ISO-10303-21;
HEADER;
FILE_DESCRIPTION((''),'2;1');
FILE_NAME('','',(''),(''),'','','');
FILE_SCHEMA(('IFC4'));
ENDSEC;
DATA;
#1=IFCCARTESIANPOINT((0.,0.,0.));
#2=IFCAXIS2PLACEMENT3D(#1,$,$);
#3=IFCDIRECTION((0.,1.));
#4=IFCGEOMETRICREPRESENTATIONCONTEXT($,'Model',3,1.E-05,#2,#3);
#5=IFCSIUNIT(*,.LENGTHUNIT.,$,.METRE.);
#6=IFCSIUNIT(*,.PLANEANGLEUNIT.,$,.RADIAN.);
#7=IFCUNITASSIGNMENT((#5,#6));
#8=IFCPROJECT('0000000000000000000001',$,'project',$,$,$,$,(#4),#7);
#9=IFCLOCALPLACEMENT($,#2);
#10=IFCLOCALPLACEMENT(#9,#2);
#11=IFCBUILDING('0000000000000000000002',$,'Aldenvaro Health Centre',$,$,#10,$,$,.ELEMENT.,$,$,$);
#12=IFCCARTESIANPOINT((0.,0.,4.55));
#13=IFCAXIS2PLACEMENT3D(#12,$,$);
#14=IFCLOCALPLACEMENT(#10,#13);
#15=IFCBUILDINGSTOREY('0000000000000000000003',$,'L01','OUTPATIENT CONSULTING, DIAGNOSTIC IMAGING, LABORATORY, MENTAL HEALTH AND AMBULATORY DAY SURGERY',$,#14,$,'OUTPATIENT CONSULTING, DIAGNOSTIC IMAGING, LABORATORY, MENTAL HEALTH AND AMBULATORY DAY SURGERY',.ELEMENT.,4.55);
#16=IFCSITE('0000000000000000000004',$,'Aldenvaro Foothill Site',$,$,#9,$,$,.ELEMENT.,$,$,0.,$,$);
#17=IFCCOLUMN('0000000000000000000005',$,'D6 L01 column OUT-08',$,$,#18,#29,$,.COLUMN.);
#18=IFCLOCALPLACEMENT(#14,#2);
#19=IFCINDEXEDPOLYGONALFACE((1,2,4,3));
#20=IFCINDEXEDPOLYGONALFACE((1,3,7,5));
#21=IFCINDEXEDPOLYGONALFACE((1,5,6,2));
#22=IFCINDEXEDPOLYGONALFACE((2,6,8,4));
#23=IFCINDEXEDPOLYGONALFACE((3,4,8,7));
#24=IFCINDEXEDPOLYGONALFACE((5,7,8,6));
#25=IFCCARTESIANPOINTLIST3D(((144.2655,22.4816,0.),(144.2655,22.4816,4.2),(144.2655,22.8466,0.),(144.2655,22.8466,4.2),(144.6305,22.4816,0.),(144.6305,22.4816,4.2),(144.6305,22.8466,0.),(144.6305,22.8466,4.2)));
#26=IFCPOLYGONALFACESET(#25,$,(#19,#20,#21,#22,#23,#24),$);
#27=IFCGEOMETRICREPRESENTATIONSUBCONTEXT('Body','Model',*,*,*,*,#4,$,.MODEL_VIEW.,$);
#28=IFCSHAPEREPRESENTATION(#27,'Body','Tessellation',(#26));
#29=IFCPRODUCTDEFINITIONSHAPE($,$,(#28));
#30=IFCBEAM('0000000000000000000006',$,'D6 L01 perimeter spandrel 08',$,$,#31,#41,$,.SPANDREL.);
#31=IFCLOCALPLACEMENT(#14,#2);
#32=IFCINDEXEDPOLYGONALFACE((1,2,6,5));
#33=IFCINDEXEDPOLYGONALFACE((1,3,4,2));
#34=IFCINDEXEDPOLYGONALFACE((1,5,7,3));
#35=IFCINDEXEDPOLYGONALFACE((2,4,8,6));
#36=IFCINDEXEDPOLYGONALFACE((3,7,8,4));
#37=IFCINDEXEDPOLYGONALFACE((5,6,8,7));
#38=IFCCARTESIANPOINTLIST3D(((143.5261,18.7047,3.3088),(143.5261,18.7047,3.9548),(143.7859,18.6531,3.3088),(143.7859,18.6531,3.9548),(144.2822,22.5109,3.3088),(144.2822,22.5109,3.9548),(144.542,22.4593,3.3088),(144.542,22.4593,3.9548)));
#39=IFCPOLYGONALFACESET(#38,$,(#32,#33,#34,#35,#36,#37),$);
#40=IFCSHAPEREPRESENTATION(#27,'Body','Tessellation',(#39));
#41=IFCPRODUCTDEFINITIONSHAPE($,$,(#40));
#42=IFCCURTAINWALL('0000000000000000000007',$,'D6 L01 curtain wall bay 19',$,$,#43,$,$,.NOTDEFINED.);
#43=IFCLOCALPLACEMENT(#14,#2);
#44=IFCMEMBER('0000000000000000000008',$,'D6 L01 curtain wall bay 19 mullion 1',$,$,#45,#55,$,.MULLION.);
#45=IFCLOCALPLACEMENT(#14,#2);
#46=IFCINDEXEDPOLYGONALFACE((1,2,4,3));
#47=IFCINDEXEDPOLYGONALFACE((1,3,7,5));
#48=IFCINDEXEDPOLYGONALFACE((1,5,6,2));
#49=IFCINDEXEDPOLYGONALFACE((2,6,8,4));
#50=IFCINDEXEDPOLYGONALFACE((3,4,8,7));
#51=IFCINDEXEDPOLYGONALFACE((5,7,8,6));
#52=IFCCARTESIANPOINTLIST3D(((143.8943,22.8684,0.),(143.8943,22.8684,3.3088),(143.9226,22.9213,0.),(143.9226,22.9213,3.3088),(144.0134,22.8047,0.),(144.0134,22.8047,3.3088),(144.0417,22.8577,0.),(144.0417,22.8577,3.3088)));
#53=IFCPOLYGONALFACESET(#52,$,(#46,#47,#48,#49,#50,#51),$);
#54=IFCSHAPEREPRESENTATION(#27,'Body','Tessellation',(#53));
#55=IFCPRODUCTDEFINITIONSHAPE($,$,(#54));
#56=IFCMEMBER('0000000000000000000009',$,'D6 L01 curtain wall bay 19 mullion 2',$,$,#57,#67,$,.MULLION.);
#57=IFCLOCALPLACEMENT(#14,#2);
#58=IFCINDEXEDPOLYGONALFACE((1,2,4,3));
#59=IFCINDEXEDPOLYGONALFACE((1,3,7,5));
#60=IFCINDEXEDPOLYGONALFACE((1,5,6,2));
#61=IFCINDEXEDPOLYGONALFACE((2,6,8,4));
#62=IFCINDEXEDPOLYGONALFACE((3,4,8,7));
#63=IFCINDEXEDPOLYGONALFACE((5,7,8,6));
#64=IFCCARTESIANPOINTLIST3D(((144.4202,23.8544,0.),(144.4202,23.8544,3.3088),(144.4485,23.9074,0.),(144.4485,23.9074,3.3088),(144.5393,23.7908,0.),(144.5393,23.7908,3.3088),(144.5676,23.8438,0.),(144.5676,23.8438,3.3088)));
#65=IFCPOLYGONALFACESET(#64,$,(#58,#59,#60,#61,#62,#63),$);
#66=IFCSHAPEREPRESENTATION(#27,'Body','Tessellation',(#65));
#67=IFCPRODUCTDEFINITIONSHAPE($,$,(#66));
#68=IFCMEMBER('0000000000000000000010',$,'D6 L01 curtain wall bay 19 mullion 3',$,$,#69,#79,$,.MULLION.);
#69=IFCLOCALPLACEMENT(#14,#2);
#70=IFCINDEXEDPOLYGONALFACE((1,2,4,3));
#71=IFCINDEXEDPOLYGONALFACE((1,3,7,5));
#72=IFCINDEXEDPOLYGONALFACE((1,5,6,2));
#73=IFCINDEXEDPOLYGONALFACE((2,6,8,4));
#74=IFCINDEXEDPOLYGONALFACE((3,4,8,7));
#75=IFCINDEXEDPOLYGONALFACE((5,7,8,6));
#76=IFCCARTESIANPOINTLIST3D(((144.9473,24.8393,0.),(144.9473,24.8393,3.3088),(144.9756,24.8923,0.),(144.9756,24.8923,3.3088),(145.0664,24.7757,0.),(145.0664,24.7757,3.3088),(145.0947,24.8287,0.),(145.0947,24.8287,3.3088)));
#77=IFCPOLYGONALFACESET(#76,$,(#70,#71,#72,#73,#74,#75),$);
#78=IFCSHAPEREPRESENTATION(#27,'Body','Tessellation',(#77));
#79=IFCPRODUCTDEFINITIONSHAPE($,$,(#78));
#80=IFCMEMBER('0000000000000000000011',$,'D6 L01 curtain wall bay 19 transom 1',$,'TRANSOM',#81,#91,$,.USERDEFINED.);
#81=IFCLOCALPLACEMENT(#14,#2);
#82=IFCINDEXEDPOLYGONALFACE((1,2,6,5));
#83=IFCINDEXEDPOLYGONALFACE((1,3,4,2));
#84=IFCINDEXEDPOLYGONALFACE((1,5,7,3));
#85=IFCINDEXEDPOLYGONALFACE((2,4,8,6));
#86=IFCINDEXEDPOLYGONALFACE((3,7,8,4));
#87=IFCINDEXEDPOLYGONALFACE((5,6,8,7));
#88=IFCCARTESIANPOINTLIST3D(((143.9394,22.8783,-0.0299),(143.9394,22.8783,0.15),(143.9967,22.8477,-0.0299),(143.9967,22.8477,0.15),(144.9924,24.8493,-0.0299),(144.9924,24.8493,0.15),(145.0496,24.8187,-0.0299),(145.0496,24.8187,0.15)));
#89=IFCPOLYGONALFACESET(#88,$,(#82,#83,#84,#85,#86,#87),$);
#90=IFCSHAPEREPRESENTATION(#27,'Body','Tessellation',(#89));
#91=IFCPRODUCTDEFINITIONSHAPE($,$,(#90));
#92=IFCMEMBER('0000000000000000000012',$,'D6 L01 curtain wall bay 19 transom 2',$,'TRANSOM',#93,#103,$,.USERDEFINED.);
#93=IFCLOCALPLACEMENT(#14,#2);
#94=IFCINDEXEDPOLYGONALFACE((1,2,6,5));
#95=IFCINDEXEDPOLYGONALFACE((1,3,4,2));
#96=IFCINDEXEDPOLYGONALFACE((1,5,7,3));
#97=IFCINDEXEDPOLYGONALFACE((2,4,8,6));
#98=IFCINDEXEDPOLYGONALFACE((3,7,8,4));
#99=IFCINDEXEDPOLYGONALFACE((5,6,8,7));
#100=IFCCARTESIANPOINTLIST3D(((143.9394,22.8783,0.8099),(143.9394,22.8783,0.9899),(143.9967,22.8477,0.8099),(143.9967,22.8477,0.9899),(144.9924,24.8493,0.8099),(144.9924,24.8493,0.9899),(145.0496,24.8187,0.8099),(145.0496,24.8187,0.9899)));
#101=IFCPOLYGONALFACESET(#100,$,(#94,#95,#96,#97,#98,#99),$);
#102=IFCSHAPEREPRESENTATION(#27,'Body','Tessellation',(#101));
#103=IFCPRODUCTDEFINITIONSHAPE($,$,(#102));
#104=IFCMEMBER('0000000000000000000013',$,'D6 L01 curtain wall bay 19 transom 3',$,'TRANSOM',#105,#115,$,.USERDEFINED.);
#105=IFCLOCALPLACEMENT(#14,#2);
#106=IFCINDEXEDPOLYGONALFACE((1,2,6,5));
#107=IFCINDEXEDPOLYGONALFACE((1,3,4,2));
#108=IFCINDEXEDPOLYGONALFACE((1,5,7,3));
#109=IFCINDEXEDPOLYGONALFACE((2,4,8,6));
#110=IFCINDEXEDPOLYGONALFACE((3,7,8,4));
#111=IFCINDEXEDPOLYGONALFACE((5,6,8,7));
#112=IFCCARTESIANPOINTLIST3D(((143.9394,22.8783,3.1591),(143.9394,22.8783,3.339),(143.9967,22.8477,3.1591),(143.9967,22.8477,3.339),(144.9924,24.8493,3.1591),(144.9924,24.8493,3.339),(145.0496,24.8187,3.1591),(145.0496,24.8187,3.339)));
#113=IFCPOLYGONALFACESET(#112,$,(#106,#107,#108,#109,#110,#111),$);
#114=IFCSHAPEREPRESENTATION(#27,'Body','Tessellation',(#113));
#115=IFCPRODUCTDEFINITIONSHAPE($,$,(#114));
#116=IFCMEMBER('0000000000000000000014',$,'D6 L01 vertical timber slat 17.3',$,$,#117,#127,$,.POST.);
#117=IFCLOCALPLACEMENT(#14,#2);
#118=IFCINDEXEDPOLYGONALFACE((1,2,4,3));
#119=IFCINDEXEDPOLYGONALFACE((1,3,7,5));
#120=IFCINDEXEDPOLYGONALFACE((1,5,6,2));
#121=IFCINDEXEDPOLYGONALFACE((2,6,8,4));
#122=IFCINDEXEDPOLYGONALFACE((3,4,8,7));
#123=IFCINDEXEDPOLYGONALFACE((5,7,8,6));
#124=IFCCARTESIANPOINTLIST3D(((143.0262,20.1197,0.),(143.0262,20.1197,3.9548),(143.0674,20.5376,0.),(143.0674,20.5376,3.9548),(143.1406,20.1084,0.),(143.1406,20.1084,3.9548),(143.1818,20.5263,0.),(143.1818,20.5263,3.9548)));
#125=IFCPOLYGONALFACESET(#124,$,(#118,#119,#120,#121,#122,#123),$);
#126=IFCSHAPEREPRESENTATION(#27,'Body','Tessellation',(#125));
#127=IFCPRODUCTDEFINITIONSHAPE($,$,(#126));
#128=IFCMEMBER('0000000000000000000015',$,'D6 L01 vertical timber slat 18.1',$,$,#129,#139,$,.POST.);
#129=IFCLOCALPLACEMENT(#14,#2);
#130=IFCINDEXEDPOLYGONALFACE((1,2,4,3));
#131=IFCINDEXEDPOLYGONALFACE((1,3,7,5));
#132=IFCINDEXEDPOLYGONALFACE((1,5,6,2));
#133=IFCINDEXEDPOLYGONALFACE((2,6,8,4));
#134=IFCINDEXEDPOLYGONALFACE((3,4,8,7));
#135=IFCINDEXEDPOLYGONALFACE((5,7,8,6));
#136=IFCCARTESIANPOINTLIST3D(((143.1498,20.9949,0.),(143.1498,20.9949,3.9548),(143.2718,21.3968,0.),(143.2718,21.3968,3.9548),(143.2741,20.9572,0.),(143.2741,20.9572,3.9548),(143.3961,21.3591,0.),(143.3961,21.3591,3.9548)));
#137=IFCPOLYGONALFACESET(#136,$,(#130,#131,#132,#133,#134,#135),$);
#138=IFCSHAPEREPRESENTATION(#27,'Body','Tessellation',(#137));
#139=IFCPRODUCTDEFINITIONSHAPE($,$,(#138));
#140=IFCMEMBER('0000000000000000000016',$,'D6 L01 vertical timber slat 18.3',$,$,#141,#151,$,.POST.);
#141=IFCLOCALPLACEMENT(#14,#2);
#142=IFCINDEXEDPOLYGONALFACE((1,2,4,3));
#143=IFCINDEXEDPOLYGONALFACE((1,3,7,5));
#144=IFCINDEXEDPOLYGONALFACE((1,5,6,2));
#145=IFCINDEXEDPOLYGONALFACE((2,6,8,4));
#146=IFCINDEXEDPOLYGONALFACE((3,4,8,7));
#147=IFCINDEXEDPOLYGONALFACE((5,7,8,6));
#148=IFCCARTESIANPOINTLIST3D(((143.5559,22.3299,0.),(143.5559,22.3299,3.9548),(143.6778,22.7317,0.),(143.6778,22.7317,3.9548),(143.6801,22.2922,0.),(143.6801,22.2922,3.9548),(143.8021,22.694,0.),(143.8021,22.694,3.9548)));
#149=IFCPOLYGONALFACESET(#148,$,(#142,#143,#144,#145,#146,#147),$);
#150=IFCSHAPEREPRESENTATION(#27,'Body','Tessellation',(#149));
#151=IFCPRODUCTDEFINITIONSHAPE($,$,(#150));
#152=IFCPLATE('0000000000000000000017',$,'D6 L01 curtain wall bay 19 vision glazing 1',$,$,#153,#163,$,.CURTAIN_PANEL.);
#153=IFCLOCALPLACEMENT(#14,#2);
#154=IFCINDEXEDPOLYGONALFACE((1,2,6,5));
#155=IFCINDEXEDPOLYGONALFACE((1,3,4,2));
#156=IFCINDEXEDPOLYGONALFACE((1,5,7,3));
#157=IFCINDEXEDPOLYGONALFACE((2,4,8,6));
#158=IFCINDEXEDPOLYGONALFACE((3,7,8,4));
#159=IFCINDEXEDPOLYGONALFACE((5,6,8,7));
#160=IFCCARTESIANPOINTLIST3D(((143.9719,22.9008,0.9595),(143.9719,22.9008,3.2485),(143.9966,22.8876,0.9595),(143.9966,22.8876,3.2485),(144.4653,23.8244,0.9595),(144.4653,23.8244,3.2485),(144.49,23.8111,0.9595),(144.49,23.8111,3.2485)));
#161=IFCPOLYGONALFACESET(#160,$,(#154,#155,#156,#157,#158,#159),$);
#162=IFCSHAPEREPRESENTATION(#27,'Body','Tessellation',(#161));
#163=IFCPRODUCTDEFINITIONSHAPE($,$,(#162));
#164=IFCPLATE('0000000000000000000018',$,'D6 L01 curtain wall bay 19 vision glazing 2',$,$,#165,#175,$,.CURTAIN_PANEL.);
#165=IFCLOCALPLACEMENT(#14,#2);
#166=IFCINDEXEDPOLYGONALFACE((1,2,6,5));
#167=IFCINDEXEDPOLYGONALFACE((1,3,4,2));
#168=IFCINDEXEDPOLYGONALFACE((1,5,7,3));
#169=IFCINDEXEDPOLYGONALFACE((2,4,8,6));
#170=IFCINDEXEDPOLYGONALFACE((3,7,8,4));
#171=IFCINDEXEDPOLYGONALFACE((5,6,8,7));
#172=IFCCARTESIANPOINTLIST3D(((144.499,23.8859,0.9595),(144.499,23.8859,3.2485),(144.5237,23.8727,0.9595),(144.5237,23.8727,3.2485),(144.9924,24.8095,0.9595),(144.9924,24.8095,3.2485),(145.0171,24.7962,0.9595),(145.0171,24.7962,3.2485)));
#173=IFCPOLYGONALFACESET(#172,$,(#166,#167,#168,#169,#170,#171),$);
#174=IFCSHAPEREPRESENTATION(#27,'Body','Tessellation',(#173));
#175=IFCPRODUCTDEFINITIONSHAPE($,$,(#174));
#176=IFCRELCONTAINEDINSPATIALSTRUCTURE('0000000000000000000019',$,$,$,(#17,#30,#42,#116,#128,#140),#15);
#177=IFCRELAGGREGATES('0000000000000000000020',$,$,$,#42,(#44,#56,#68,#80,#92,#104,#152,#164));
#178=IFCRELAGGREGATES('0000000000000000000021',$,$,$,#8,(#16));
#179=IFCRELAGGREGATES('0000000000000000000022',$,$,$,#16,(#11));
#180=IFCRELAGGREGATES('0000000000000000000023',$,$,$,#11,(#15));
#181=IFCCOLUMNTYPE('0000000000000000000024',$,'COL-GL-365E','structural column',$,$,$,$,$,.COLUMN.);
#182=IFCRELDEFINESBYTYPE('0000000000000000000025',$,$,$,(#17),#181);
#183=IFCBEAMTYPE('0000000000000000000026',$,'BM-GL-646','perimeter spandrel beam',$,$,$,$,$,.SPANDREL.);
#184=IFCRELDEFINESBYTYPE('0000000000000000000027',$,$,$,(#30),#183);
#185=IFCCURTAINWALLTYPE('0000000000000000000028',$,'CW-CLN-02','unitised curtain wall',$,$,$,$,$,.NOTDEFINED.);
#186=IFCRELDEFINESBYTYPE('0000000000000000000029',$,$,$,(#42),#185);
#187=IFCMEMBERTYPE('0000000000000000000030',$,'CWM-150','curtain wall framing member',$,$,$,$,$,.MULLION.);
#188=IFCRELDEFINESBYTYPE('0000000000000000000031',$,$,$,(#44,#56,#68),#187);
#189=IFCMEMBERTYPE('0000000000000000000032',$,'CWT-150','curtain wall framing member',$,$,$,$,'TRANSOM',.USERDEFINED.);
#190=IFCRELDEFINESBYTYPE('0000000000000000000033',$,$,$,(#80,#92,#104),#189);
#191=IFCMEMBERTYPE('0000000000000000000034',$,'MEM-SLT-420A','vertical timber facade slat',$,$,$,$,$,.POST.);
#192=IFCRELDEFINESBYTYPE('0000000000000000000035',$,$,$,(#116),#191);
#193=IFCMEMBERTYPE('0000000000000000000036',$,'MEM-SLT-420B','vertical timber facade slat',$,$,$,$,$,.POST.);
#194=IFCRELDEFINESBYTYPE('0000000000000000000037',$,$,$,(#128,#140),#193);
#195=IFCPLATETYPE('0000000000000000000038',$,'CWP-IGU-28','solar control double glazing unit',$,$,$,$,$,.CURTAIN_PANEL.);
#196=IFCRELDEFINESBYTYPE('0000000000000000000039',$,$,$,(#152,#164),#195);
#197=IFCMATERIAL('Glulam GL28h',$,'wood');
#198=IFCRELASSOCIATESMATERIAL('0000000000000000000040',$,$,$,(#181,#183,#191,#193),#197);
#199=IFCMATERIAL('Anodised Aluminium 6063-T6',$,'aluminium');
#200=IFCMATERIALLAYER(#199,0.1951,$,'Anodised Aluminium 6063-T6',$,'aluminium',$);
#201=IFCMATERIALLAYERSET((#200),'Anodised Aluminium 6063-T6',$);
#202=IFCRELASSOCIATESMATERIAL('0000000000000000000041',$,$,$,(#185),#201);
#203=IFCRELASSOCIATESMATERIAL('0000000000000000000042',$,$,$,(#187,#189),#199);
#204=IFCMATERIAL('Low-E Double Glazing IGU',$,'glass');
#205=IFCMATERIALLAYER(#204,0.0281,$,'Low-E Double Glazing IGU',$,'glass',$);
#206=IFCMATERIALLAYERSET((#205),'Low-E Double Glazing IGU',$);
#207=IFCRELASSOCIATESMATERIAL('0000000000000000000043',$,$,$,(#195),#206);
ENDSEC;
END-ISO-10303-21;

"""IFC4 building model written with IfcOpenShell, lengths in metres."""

from ifc_helpers import new_model, si_unit, direction, frame, origin, origin_2d, place, context, subcontext, project, spatial, rectangle, extrude, material, layer, layer_set, material_profile, profile_set, type_object, element, aggregate, save


model = new_model("IFC4")

# Units and contexts
model_context = context("Model", 3, precision=1e-05, world=origin(), true_north=direction((0.0, 1.0)))
body_context = subcontext(model_context, "Body", "Model", "MODEL_VIEW")
ifc_project = project(units=[si_unit("LENGTHUNIT", "METRE"), si_unit("PLANEANGLEUNIT", "RADIAN")], contexts=[model_context])

# Site, building, storey
site_placement = place(None, origin())
site = spatial("IfcSite", under=ifc_project, at=site_placement, Name="Aldenvaro Foothill Site", CompositionType="ELEMENT", RefElevation=0.0)
building_placement = place(site_placement, origin())
building = spatial("IfcBuilding", under=site, at=building_placement, Name="Aldenvaro Health Centre", CompositionType="ELEMENT")
storey_placement = place(building_placement, frame((0.0, 0.0, 4.55)))
storey = spatial("IfcBuildingStorey", under=building, at=storey_placement, Name="L01", Description="OUTPATIENT CONSULTING, DIAGNOSTIC IMAGING, LABORATORY, MENTAL HEALTH AND AMBULATORY DAY SURGERY", LongName="OUTPATIENT CONSULTING, DIAGNOSTIC IMAGING, LABORATORY, MENTAL HEALTH AND AMBULATORY DAY SURGERY", CompositionType="ELEMENT", Elevation=4.55)

# Column
ifc_material_1 = material(Name="Glulam GL28h", Category="wood")
ifc_material_profile_1 = material_profile(ifc_material_1, rectangle(XDim=0.365, YDim=0.365, at=origin_2d()), Name="GL 365x365", Category="wood")
ifc_profile_set_1 = profile_set([ifc_material_profile_1], Name="Glulam GL28h")
column_type = type_object("IfcColumnType", Name="COL-GL-365E", Description="structural column", PredefinedType="COLUMN", material=ifc_profile_set_1)
column_placement = place(storey_placement, frame((144.448, 22.6641, 0.0), z_axis=(0.0, 0.0, 1.0), x_axis=(1.0, 0.0, 0.0)))
element("IfcColumn", 1, at=column_placement, inside=storey, type_object=column_type, Name="D6 L01 column OUT-08", PredefinedType="COLUMN", context=body_context, shape_type="SweptSolid", body=[
    extrude(rectangle(XDim=0.365, YDim=0.365, at=origin_2d()), origin(), (0.0, 0.0, 1.0), 4.2),
])

# Beam
ifc_material_profile_2 = material_profile(ifc_material_1, rectangle(XDim=0.2649, YDim=0.646, at=origin_2d()), Name="GL 265x646", Category="wood")
ifc_profile_set_2 = profile_set([ifc_material_profile_2], Name="Glulam GL28h")
beam_type = type_object("IfcBeamType", Name="BM-GL-646", Description="perimeter spandrel beam", PredefinedType="SPANDREL", material=ifc_profile_set_2)
beam_placement = place(storey_placement, frame((144.4121, 22.4851, 3.6318), z_axis=(-0.194846, -0.980834, 0.0), x_axis=(0.980834, -0.194846, 0.0)))
element("IfcBeam", 2, at=beam_placement, inside=storey, type_object=beam_type, Name="D6 L01 perimeter spandrel 08", PredefinedType="SPANDREL", context=body_context, shape_type="SweptSolid", body=[
    extrude(rectangle(XDim=0.2649, YDim=0.646, at=origin_2d()), origin(), (0.0, 0.0, 1.0), 3.8806),
])

# Curtain wall, members
ifc_material_2 = material(Name="Anodised Aluminium 6063-T6", Category="aluminium")
ifc_layer_1 = layer(ifc_material_2, 0.1951, Name="Anodised Aluminium 6063-T6", Category="aluminium")
ifc_layer_set_1 = layer_set([ifc_layer_1], Name="Anodised Aluminium 6063-T6")
curtain_wall_type = type_object("IfcCurtainWallType", Name="CW-CLN-02", Description="unitised curtain wall", PredefinedType="NOTDEFINED", material=ifc_layer_set_1)
curtain_wall_placement = place(storey_placement, origin())
curtain_wall = element("IfcCurtainWall", 3, at=curtain_wall_placement, inside=storey, type_object=curtain_wall_type, Name="D6 L01 curtain wall bay 19", PredefinedType="NOTDEFINED")
ifc_material_profile_3 = material_profile(ifc_material_2, rectangle(XDim=0.0601, YDim=0.135, at=origin_2d()), Name="ALU 60x135", Category="aluminium")
ifc_profile_set_3 = profile_set([ifc_material_profile_3], Name="Anodised Aluminium 6063-T6")
member_type_1 = type_object("IfcMemberType", Name="CWM-150", Description="curtain wall framing member", PredefinedType="MULLION", material=ifc_profile_set_3)
member_1_placement = place(storey_placement, frame((143.968, 22.863, 0.0), z_axis=(0.0, 0.0, 1.0), x_axis=(0.471215, 0.882018, 0.0)))
member_1 = element("IfcMember", 4, at=member_1_placement, type_object=member_type_1, Name="D6 L01 curtain wall bay 19 mullion 1", PredefinedType="MULLION", context=body_context, shape_type="SweptSolid", body=[
    extrude(rectangle(XDim=0.0601, YDim=0.135, at=origin_2d()), origin(), (0.0, 0.0, 1.0), 3.3088),
])
member_2_placement = place(storey_placement, frame((144.4939, 23.8491, 0.0), z_axis=(0.0, 0.0, 1.0), x_axis=(0.471215, 0.882018, 0.0)))
member_2 = element("IfcMember", 5, at=member_2_placement, type_object=member_type_1, Name="D6 L01 curtain wall bay 19 mullion 2", PredefinedType="MULLION", context=body_context, shape_type="SweptSolid", body=[
    extrude(rectangle(XDim=0.0601, YDim=0.135, at=origin_2d()), origin(), (0.0, 0.0, 1.0), 3.3088),
])
member_3_placement = place(storey_placement, frame((145.021, 24.834, 0.0), z_axis=(0.0, 0.0, 1.0), x_axis=(0.471215, 0.882018, 0.0)))
member_3 = element("IfcMember", 6, at=member_3_placement, type_object=member_type_1, Name="D6 L01 curtain wall bay 19 mullion 3", PredefinedType="MULLION", context=body_context, shape_type="SweptSolid", body=[
    extrude(rectangle(XDim=0.0601, YDim=0.135, at=origin_2d()), origin(), (0.0, 0.0, 1.0), 3.3088),
])
ifc_material_profile_4 = material_profile(ifc_material_2, rectangle(XDim=0.0649, YDim=0.1799, at=origin_2d()), Name="ALU 65x180", Category="aluminium")
ifc_profile_set_4 = profile_set([ifc_material_profile_4], Name="Anodised Aluminium 6063-T6")
member_type_2 = type_object("IfcMemberType", Name="CWT-150", Description="curtain wall framing member", ElementType="TRANSOM", PredefinedType="USERDEFINED", material=ifc_profile_set_4)
member_4_placement = place(storey_placement, frame((143.968, 22.863, 0.0601), z_axis=(0.471218, 0.882017, 0.0), x_axis=(-0.882017, 0.471218, 0.0)))
member_4 = element("IfcMember", 7, at=member_4_placement, type_object=member_type_2, Name="D6 L01 curtain wall bay 19 transom 1", ObjectType="TRANSOM", PredefinedType="USERDEFINED", context=body_context, shape_type="SweptSolid", body=[
    extrude(rectangle(XDim=0.0649, YDim=0.1799, at=origin_2d()), origin(), (0.0, 0.0, 1.0), 2.2346),
])
member_5_placement = place(storey_placement, frame((143.968, 22.863, 0.8999), z_axis=(0.471218, 0.882017, 0.0), x_axis=(-0.882017, 0.471218, 0.0)))
member_5 = element("IfcMember", 8, at=member_5_placement, type_object=member_type_2, Name="D6 L01 curtain wall bay 19 transom 2", ObjectType="TRANSOM", PredefinedType="USERDEFINED", context=body_context, shape_type="SweptSolid", body=[
    extrude(rectangle(XDim=0.0649, YDim=0.1799, at=origin_2d()), origin(), (0.0, 0.0, 1.0), 2.2346),
])
member_6_placement = place(storey_placement, frame((143.968, 22.863, 3.249), z_axis=(0.471218, 0.882017, 0.0), x_axis=(-0.882017, 0.471218, 0.0)))
member_6 = element("IfcMember", 9, at=member_6_placement, type_object=member_type_2, Name="D6 L01 curtain wall bay 19 transom 3", ObjectType="TRANSOM", PredefinedType="USERDEFINED", context=body_context, shape_type="SweptSolid", body=[
    extrude(rectangle(XDim=0.0649, YDim=0.1799, at=origin_2d()), origin(), (0.0, 0.0, 1.0), 2.2346),
])

# Members
ifc_material_profile_5 = material_profile(ifc_material_1, rectangle(XDim=0.115, YDim=0.4199, at=origin_2d()), Name="GL 115x420", Category="wood")
ifc_profile_set_5 = profile_set([ifc_material_profile_5], Name="Glulam GL28h")
member_type_3 = type_object("IfcMemberType", Name="MEM-SLT-420A", Description="vertical timber facade slat", PredefinedType="POST", material=ifc_profile_set_5)
member_7_placement = place(storey_placement, frame((143.104, 20.323, 0.0), z_axis=(0.0, 0.0, 1.0), x_axis=(-0.995187, 0.097997, 0.0)))
element("IfcMember", 10, at=member_7_placement, inside=storey, type_object=member_type_3, Name="D6 L01 vertical timber slat 17.3", PredefinedType="POST", context=body_context, shape_type="SweptSolid", body=[
    extrude(rectangle(XDim=0.115, YDim=0.4199, at=origin_2d()), origin(), (0.0, 0.0, 1.0), 3.9548),
])
ifc_material_profile_6 = material_profile(ifc_material_1, rectangle(XDim=0.1299, YDim=0.4199, at=origin_2d()), Name="GL 130x420", Category="wood")
ifc_profile_set_6 = profile_set([ifc_material_profile_6], Name="Glulam GL28h")
member_type_4 = type_object("IfcMemberType", Name="MEM-SLT-420B", Description="vertical timber facade slat", PredefinedType="POST", material=ifc_profile_set_6)
for number, where, z_axis, x_axis, name in (
    (11, (143.2729, 21.177, 0.0), (0.0, 0.0, 1.0), (-0.956923, 0.290343, 0.0), "D6 L01 vertical timber slat 18.1"),
    (12, (143.679, 22.512, 0.0), (0.0, 0.0, 1.0), (-0.956923, 0.290343, 0.0), "D6 L01 vertical timber slat 18.3"),
):
    element("IfcMember", number, at=place(storey_placement, frame(where, z_axis=z_axis, x_axis=x_axis)), inside=storey, type_object=member_type_4, Name=name, PredefinedType="POST", context=body_context, shape_type="SweptSolid", body=[
        extrude(rectangle(XDim=0.1299, YDim=0.4199, at=origin_2d()), origin(), (0.0, 0.0, 1.0), 3.9548),
    ])

# Plates
ifc_material_3 = material(Name="Low-E Double Glazing IGU", Category="glass")
ifc_layer_2 = layer(ifc_material_3, 0.0281, Name="Low-E Double Glazing IGU", Category="glass")
ifc_layer_set_2 = layer_set([ifc_layer_2], Name="Low-E Double Glazing IGU")
plate_type_1 = type_object("IfcPlateType", Name="CWP-IGU-28", Description="solar control double glazing unit", PredefinedType="CURTAIN_PANEL", material=ifc_layer_set_2)
plate_1_placement = place(storey_placement, frame((144.231, 23.356, 0.9595), z_axis=(0.0, 0.0, 1.0), x_axis=(0.471215, 0.882018, 0.0)))
plate_1 = element("IfcPlate", 13, at=plate_1_placement, type_object=plate_type_1, Name="D6 L01 curtain wall bay 19 vision glazing 1", PredefinedType="CURTAIN_PANEL", context=body_context, shape_type="SweptSolid", body=[
    extrude(rectangle(XDim=1.0471, YDim=0.0281, at=origin_2d()), origin(), (0.0, 0.0, 1.0), 2.2891),
])
plate_2_placement = place(storey_placement, frame((144.7581, 24.3411, 0.9595), z_axis=(0.0, 0.0, 1.0), x_axis=(0.471215, 0.882018, 0.0)))
plate_2 = element("IfcPlate", 14, at=plate_2_placement, type_object=plate_type_1, Name="D6 L01 curtain wall bay 19 vision glazing 2", PredefinedType="CURTAIN_PANEL", context=body_context, shape_type="SweptSolid", body=[
    extrude(rectangle(XDim=1.0471, YDim=0.0281, at=origin_2d()), origin(), (0.0, 0.0, 1.0), 2.2891),
])
aggregate(curtain_wall, [member_1, member_2, member_3, member_4, member_5, member_6, plate_1, plate_2])

save(model, "model.ifc")
